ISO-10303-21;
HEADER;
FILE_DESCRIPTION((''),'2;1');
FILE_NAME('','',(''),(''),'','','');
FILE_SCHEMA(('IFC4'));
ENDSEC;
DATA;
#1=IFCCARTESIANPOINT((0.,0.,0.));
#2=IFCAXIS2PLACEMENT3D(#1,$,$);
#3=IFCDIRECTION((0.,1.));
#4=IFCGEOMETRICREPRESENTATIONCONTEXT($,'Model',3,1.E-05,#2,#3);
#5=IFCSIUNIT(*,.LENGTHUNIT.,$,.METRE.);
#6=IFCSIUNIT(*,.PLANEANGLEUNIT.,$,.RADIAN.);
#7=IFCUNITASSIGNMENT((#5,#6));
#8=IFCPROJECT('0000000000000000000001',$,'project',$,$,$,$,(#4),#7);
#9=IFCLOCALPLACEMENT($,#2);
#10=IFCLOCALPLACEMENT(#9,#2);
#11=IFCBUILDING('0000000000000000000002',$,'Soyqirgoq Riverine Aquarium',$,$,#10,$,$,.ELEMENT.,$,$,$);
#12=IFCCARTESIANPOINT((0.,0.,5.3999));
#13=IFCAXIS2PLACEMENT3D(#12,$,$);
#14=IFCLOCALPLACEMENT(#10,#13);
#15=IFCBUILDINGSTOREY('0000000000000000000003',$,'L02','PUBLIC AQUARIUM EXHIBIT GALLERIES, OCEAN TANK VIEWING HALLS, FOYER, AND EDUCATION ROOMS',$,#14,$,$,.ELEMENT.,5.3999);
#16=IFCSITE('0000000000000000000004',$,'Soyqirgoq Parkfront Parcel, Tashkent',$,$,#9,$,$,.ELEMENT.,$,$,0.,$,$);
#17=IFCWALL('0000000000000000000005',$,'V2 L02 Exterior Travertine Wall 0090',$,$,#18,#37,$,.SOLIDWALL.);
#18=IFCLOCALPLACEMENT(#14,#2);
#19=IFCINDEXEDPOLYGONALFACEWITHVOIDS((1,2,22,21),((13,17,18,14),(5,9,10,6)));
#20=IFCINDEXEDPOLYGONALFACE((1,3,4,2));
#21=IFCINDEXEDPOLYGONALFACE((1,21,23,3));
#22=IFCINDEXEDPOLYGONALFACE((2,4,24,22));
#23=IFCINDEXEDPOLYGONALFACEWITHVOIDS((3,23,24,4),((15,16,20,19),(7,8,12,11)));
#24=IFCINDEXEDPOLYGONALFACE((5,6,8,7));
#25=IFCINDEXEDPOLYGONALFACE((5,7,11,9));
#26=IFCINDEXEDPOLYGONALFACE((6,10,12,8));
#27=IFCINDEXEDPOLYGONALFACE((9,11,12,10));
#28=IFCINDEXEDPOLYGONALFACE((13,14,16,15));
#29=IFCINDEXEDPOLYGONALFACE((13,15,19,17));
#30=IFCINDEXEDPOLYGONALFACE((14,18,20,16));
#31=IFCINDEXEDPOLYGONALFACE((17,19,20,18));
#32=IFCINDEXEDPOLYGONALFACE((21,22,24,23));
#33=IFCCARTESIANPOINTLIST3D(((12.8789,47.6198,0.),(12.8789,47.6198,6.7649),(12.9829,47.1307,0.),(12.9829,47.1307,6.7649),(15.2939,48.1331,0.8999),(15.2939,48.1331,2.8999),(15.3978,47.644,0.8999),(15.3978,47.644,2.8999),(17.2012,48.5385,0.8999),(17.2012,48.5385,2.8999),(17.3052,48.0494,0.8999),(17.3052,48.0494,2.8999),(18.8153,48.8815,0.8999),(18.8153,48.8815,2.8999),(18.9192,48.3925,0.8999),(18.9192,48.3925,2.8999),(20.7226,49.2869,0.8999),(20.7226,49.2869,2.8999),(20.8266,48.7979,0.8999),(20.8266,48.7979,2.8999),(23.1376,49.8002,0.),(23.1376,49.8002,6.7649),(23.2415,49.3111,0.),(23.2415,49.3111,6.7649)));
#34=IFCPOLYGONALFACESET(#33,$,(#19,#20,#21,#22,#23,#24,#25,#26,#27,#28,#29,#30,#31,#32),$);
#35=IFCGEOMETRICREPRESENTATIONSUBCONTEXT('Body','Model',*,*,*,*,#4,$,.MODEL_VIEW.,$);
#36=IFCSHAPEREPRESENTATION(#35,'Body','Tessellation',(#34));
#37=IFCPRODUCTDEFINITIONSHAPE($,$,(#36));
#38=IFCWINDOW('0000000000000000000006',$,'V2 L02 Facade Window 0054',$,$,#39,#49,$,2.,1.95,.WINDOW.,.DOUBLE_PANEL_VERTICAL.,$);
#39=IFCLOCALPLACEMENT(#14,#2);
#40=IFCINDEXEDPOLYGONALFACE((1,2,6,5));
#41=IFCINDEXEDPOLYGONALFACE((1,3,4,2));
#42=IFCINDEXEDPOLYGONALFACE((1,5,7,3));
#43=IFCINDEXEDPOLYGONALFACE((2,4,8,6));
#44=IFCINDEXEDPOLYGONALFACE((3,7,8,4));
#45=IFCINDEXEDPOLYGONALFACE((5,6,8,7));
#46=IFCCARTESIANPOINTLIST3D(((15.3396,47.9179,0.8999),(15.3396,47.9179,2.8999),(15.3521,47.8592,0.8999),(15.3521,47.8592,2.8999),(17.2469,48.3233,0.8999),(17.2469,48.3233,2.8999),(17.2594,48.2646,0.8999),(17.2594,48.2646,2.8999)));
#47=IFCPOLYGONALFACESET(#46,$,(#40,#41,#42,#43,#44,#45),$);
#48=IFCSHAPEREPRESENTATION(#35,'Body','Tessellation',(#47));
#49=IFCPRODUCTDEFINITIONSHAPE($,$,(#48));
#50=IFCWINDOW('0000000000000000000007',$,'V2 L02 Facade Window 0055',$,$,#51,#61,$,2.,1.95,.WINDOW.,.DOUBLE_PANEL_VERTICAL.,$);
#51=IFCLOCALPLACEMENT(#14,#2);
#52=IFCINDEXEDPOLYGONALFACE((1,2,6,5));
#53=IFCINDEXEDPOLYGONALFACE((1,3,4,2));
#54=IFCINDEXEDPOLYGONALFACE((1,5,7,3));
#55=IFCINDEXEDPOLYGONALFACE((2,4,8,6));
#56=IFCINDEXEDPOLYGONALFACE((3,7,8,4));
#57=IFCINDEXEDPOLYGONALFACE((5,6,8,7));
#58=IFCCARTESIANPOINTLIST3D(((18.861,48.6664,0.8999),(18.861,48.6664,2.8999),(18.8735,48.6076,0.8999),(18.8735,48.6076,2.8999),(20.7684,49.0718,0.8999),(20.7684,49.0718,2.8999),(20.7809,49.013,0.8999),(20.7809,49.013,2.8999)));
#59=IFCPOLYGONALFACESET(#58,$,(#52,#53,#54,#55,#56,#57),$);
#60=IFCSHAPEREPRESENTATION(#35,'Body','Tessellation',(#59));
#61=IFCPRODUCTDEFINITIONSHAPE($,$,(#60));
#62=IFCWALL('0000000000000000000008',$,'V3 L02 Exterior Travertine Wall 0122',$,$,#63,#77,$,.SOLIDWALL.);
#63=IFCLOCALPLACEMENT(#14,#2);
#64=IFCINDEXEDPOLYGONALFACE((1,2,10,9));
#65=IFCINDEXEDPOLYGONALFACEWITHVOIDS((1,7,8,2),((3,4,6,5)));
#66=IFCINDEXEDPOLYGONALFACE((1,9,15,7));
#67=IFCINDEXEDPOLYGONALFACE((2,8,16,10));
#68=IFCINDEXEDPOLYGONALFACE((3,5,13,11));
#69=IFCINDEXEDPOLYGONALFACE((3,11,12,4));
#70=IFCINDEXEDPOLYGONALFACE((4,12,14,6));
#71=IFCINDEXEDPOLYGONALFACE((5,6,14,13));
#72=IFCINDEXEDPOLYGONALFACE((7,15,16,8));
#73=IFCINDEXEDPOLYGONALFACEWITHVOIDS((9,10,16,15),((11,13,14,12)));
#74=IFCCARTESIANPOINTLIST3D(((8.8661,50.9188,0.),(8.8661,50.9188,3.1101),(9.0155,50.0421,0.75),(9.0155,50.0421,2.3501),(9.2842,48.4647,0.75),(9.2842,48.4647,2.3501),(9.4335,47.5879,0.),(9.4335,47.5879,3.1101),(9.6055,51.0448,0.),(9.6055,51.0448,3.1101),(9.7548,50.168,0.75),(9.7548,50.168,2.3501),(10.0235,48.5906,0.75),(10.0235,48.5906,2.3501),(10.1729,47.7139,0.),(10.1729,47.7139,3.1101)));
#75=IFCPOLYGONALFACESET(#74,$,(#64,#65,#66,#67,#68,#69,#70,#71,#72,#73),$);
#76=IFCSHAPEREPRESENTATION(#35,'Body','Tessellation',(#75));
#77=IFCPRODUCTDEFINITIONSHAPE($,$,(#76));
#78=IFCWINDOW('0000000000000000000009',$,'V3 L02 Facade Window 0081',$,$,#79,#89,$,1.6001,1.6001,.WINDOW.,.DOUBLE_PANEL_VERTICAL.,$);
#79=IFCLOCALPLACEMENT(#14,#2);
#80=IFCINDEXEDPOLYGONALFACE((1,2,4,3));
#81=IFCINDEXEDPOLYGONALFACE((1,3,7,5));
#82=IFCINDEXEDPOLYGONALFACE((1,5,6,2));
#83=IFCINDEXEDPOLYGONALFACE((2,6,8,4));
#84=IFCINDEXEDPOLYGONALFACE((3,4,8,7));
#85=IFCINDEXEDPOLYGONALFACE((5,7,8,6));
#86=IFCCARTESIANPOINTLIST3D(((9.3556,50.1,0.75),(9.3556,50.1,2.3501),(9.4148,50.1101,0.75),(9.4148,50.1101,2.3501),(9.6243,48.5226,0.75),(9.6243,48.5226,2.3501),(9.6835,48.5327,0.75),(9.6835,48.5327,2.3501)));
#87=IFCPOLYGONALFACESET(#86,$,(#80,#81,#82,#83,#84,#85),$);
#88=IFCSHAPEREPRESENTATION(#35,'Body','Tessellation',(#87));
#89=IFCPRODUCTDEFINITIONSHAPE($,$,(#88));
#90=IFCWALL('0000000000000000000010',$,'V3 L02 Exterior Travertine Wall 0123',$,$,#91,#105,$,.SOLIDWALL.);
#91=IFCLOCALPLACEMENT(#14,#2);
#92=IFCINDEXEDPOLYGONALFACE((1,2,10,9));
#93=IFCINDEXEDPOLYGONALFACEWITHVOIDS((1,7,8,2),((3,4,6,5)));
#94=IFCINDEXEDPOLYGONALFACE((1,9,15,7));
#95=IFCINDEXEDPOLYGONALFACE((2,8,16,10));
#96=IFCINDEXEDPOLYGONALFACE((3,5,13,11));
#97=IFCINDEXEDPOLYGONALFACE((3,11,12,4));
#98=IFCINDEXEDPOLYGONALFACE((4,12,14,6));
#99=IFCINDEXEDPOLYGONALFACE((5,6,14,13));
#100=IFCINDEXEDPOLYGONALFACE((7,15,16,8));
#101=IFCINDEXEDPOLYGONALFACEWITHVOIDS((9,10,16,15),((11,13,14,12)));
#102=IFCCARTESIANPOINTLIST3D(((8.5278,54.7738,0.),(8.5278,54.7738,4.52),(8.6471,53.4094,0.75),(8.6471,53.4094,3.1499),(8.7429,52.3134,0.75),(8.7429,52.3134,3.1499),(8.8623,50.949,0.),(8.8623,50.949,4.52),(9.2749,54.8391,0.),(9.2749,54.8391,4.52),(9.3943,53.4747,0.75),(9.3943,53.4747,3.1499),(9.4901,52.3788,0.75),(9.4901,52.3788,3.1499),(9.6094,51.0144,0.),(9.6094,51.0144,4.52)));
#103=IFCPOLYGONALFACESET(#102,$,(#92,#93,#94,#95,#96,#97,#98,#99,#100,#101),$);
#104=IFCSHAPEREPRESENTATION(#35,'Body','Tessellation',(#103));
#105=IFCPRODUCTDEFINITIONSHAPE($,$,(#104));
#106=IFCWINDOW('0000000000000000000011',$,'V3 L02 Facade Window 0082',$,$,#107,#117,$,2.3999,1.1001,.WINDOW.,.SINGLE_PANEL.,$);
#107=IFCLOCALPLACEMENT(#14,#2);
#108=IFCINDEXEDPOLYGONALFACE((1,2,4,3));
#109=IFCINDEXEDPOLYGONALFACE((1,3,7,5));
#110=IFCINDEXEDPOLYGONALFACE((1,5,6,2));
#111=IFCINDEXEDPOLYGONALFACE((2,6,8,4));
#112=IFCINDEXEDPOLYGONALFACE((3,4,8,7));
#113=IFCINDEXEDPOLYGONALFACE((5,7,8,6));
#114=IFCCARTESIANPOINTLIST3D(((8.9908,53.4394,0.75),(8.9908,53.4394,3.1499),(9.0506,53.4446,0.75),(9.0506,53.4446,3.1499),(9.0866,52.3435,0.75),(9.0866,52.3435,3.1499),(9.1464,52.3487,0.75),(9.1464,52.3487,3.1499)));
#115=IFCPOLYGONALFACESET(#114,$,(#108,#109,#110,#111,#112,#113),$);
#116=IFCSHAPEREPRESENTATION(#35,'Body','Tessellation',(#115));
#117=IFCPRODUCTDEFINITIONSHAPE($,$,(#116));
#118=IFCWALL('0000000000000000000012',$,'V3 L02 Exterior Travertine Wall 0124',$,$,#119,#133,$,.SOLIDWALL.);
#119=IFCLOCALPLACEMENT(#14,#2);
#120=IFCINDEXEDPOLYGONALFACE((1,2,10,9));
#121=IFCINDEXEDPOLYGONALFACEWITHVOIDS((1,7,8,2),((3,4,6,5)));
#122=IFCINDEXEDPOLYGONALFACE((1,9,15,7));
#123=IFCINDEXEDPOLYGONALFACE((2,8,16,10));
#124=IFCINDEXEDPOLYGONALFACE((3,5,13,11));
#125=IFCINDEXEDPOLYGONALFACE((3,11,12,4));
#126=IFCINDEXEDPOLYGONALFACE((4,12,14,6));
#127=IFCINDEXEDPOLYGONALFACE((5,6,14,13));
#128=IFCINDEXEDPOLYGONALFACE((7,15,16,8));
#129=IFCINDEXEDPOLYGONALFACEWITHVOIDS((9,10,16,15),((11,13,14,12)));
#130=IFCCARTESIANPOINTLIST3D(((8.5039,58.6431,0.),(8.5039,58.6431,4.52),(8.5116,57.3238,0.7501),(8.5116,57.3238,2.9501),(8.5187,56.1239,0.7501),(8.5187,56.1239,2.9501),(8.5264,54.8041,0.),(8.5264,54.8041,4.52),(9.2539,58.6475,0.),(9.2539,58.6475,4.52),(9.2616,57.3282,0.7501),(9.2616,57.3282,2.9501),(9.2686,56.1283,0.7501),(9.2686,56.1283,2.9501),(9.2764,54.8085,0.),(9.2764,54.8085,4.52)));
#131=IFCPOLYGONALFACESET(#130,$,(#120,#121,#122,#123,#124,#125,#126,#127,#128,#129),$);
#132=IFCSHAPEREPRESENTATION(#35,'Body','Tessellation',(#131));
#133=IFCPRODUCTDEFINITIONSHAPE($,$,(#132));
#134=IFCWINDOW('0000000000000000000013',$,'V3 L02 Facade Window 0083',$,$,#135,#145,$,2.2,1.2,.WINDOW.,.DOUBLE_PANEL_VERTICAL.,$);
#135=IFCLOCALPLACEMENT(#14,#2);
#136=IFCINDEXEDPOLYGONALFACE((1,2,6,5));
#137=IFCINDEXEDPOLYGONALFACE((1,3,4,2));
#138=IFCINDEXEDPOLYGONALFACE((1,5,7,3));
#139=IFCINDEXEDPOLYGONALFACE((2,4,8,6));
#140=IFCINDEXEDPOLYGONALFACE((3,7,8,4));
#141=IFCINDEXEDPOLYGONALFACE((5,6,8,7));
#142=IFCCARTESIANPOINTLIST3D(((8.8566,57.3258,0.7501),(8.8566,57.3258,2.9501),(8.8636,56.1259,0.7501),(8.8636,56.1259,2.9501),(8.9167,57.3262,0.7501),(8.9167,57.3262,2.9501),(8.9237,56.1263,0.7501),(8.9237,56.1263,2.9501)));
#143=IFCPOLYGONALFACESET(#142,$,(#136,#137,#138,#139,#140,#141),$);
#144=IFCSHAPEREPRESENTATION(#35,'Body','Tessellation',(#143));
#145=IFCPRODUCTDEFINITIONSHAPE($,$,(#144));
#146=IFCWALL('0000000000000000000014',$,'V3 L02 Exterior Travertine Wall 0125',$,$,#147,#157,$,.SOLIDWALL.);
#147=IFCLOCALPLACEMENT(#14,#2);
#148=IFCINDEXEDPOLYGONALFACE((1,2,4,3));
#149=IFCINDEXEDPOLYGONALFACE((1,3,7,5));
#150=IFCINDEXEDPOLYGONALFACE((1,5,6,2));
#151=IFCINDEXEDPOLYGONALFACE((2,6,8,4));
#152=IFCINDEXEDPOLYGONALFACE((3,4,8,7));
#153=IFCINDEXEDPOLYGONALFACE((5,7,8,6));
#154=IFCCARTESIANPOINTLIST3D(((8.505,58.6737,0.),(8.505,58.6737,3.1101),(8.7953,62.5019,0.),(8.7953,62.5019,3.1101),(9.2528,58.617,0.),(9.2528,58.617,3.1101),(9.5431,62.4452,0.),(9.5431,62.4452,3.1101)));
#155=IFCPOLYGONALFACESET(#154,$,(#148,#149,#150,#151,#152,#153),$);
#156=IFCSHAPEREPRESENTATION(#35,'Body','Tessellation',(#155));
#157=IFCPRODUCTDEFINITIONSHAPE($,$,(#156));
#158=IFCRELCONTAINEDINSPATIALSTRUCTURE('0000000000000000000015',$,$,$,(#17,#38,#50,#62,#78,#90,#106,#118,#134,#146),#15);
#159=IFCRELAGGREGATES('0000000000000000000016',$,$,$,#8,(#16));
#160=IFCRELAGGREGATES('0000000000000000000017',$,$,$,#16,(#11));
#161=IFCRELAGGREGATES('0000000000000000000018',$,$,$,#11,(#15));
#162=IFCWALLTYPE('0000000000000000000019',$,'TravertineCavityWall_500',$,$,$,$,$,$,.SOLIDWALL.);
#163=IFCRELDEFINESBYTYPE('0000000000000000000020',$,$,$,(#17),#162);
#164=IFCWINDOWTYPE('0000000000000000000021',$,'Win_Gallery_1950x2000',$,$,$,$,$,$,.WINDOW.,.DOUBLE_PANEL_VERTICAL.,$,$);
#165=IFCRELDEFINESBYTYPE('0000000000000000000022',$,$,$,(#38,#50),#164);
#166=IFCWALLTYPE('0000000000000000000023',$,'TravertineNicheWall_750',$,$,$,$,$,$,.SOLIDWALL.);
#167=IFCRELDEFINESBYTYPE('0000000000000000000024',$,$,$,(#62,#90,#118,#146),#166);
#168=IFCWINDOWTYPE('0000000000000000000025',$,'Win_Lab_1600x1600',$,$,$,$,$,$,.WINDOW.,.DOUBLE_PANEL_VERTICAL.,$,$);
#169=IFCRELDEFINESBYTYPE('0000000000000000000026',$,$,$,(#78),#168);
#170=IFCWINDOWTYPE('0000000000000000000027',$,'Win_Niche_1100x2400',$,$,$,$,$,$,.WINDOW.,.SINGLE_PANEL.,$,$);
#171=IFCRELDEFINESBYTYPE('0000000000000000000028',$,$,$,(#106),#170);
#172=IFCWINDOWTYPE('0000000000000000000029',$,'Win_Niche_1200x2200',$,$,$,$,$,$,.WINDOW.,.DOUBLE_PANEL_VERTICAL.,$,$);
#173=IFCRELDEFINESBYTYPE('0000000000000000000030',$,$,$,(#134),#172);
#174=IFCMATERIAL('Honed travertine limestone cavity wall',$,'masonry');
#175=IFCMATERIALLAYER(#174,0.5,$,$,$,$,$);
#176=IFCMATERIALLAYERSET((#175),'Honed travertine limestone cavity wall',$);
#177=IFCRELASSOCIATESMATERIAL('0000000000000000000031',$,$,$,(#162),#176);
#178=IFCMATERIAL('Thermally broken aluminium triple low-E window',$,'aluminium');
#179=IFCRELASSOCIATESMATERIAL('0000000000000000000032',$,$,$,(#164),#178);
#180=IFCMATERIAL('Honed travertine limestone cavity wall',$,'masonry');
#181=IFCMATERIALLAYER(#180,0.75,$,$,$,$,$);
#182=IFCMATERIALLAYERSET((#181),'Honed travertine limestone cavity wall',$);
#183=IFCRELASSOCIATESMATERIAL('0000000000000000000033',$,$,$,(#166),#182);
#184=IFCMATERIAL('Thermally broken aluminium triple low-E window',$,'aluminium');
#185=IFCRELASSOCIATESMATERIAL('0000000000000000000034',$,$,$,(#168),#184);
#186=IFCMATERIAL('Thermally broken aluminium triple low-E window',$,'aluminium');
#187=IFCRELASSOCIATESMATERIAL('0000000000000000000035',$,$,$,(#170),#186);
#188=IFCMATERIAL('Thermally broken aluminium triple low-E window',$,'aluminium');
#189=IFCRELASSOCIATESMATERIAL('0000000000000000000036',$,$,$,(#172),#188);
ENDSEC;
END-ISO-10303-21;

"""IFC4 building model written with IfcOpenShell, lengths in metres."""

from ifc_helpers import new_model, si_unit, direction, frame, frame_2d, origin, place, context, subcontext, project, spatial, rectangle, extrude, material, layer, layer_set, type_object, element, fill, save


model = new_model("IFC4")

# Units and contexts
model_context = context("Model", 3, precision=1e-05, world=origin(), true_north=direction((0.0, 1.0)))
body_context = subcontext(model_context, "Body", "Model", "MODEL_VIEW")
ifc_project = project(units=[si_unit("LENGTHUNIT", "METRE"), si_unit("PLANEANGLEUNIT", "RADIAN")], contexts=[model_context])

# Site, building, storey
site_placement = place(None, origin())
site = spatial("IfcSite", under=ifc_project, at=site_placement, Name="Soyqirgoq Parkfront Parcel, Tashkent", CompositionType="ELEMENT", RefElevation=0.0)
building_placement = place(site_placement, origin())
building = spatial("IfcBuilding", under=site, at=building_placement, Name="Soyqirgoq Riverine Aquarium", CompositionType="ELEMENT")
storey_placement = place(building_placement, frame((0.0, 0.0, 5.3999)))
storey = spatial("IfcBuildingStorey", under=building, at=storey_placement, Name="L02", Description="PUBLIC AQUARIUM EXHIBIT GALLERIES, OCEAN TANK VIEWING HALLS, FOYER, AND EDUCATION ROOMS", CompositionType="ELEMENT", Elevation=5.3999)

# Wall, openings, windows
ifc_material_1 = material(Name="Honed travertine limestone cavity wall", Category="masonry")
ifc_layer_1 = layer(ifc_material_1, 0.5)
ifc_layer_set_1 = layer_set([ifc_layer_1], Name="Honed travertine limestone cavity wall")
wall_type_1 = type_object("IfcWallType", Name="TravertineCavityWall_500", PredefinedType="SOLIDWALL", material=ifc_layer_set_1)
wall_1_placement = place(storey_placement, frame((12.9309, 47.3752, 0.0), z_axis=(0.0, 0.0, 1.0), x_axis=(0.97815, 0.207902, 0.0)))
wall_1 = element("IfcWall", 1, at=wall_1_placement, inside=storey, type_object=wall_type_1, Name="V2 L02 Exterior Travertine Wall 0090", PredefinedType="SOLIDWALL", context=body_context, shape_type="SweptSolid", body=[
    extrude(rectangle(XDim=10.4878, YDim=0.5, at=frame_2d((5.2439, 0.0))), origin(), (0.0, 0.0, 1.0), 6.7649),
])
opening_1_placement = place(wall_1_placement, frame((2.4688, 0.0, 0.8999)))
opening_1 = element("IfcOpeningElement", 2, at=opening_1_placement, cuts=wall_1, PredefinedType="OPENING", context=body_context, shape_type="SweptSolid", body=[
    extrude(rectangle(XDim=1.95, YDim=2.0, at=frame_2d((0.9751, 1.0))), frame((0.0, 0.26, 0.0), z_axis=(0.0, -1.0, 0.0), x_axis=(1.0, 0.0, 0.0)), (0.0, 0.0, 1.0), 0.52),
])
opening_2_placement = place(wall_1_placement, frame((6.0688, 0.0, 0.8999)))
opening_2 = element("IfcOpeningElement", 3, at=opening_2_placement, cuts=wall_1, PredefinedType="OPENING", context=body_context, shape_type="SweptSolid", body=[
    extrude(rectangle(XDim=1.95, YDim=2.0, at=frame_2d((0.9751, 1.0))), frame((0.0, 0.26, 0.0), z_axis=(0.0, -1.0, 0.0), x_axis=(1.0, 0.0, 0.0)), (0.0, 0.0, 1.0), 0.52),
])
ifc_material_2 = material(Name="Thermally broken aluminium triple low-E window", Category="aluminium")
window_type_1 = type_object("IfcWindowType", Name="Win_Gallery_1950x2000", PartitioningType="DOUBLE_PANEL_VERTICAL", PredefinedType="WINDOW", material=ifc_material_2)
window_1_placement = place(opening_1_placement, origin())
window_1 = element("IfcWindow", 4, at=window_1_placement, inside=storey, type_object=window_type_1, Name="V2 L02 Facade Window 0054", OverallHeight=2.0, OverallWidth=1.95, PartitioningType="DOUBLE_PANEL_VERTICAL", PredefinedType="WINDOW", context=body_context, shape_type="SweptSolid", body=[
    extrude(rectangle(XDim=1.95, YDim=2.0, at=frame_2d((0.9751, 1.0))), frame((0.0, 0.03, 0.0), z_axis=(0.0, -1.0, 0.0), x_axis=(1.0, 0.0, 0.0)), (0.0, 0.0, 1.0), 0.0601),
])
fill(opening_1, window_1)
window_2_placement = place(opening_2_placement, origin())
window_2 = element("IfcWindow", 5, at=window_2_placement, inside=storey, type_object=window_type_1, Name="V2 L02 Facade Window 0055", OverallHeight=2.0, OverallWidth=1.95, PartitioningType="DOUBLE_PANEL_VERTICAL", PredefinedType="WINDOW", context=body_context, shape_type="SweptSolid", body=[
    extrude(rectangle(XDim=1.95, YDim=2.0, at=frame_2d((0.9751, 1.0))), frame((0.0, 0.03, 0.0), z_axis=(0.0, -1.0, 0.0), x_axis=(1.0, 0.0, 0.0)), (0.0, 0.0, 1.0), 0.0601),
])
fill(opening_2, window_2)

# Walls, openings, windows
ifc_material_3 = material(Name="Honed travertine limestone cavity wall", Category="masonry")
ifc_layer_2 = layer(ifc_material_3, 0.75)
ifc_layer_set_2 = layer_set([ifc_layer_2], Name="Honed travertine limestone cavity wall")
wall_type_2 = type_object("IfcWallType", Name="TravertineNicheWall_750", PredefinedType="SOLIDWALL", material=ifc_layer_set_2)
wall_2_placement = place(storey_placement, frame((9.8032, 47.6509, 0.0), z_axis=(0.0, 0.0, 1.0), x_axis=(-0.167925, 0.9858, 0.0)))
wall_2 = element("IfcWall", 6, at=wall_2_placement, inside=storey, type_object=wall_type_2, Name="V3 L02 Exterior Travertine Wall 0122", PredefinedType="SOLIDWALL", context=body_context, shape_type="SweptSolid", body=[
    extrude(rectangle(XDim=3.3789, YDim=0.75, at=frame_2d((1.6895, 0.0))), origin(), (0.0, 0.0, 1.0), 3.1101),
])
opening_3_placement = place(wall_2_placement, frame((0.8894, 0.0, 0.75)))
opening_3 = element("IfcOpeningElement", 7, at=opening_3_placement, cuts=wall_2, PredefinedType="OPENING", context=body_context, shape_type="SweptSolid", body=[
    extrude(rectangle(XDim=1.6001, YDim=1.6001, at=frame_2d((0.8, 0.8))), frame((0.0, 0.385, 0.0), z_axis=(0.0, -1.0, 0.0), x_axis=(1.0, 0.0, 0.0)), (0.0, 0.0, 1.0), 0.77),
])
ifc_material_4 = material(Name="Thermally broken aluminium triple low-E window", Category="aluminium")
window_type_2 = type_object("IfcWindowType", Name="Win_Lab_1600x1600", PartitioningType="DOUBLE_PANEL_VERTICAL", PredefinedType="WINDOW", material=ifc_material_4)
window_3_placement = place(opening_3_placement, origin())
window_3 = element("IfcWindow", 8, at=window_3_placement, inside=storey, type_object=window_type_2, Name="V3 L02 Facade Window 0081", OverallHeight=1.6001, OverallWidth=1.6001, PartitioningType="DOUBLE_PANEL_VERTICAL", PredefinedType="WINDOW", context=body_context, shape_type="SweptSolid", body=[
    extrude(rectangle(XDim=1.6001, YDim=1.6001, at=frame_2d((0.8, 0.8))), frame((0.0, 0.03, 0.0), z_axis=(0.0, -1.0, 0.0), x_axis=(1.0, 0.0, 0.0)), (0.0, 0.0, 1.0), 0.0601),
])
fill(opening_3, window_3)
wall_3_placement = place(storey_placement, frame((9.2358, 50.9817, 0.0), z_axis=(0.0, 0.0, 1.0), x_axis=(-0.087118, 0.996198, 0.0)))
wall_3 = element("IfcWall", 9, at=wall_3_placement, inside=storey, type_object=wall_type_2, Name="V3 L02 Exterior Travertine Wall 0123", PredefinedType="SOLIDWALL", context=body_context, shape_type="SweptSolid", body=[
    extrude(rectangle(XDim=3.8394, YDim=0.75, at=frame_2d((1.9197, 0.0))), origin(), (0.0, 0.0, 1.0), 4.52),
])
opening_4_placement = place(wall_3_placement, frame((1.3696, 0.0, 0.75)))
opening_4 = element("IfcOpeningElement", 10, at=opening_4_placement, cuts=wall_3, PredefinedType="OPENING", context=body_context, shape_type="SweptSolid", body=[
    extrude(rectangle(XDim=1.1001, YDim=2.3999, at=frame_2d((0.55, 1.2))), frame((0.0, 0.385, 0.0), z_axis=(0.0, -1.0, 0.0), x_axis=(1.0, 0.0, 0.0)), (0.0, 0.0, 1.0), 0.77),
])
ifc_material_5 = material(Name="Thermally broken aluminium triple low-E window", Category="aluminium")
window_type_3 = type_object("IfcWindowType", Name="Win_Niche_1100x2400", PartitioningType="SINGLE_PANEL", PredefinedType="WINDOW", material=ifc_material_5)
window_4_placement = place(opening_4_placement, origin())
window_4 = element("IfcWindow", 11, at=window_4_placement, inside=storey, type_object=window_type_3, Name="V3 L02 Facade Window 0082", OverallHeight=2.3999, OverallWidth=1.1001, PartitioningType="SINGLE_PANEL", PredefinedType="WINDOW", context=body_context, shape_type="SweptSolid", body=[
    extrude(rectangle(XDim=1.1001, YDim=2.3999, at=frame_2d((0.55, 1.2))), frame((0.0, 0.03, 0.0), z_axis=(0.0, -1.0, 0.0), x_axis=(1.0, 0.0, 0.0)), (0.0, 0.0, 1.0), 0.0601),
])
fill(opening_4, window_4)
wall_4_placement = place(storey_placement, frame((8.9014, 54.8064, 0.0), z_axis=(0.0, 0.0, 1.0), x_axis=(-0.00585, 0.999983, 0.0)))
wall_4 = element("IfcWall", 12, at=wall_4_placement, inside=storey, type_object=wall_type_2, Name="V3 L02 Exterior Travertine Wall 0124", PredefinedType="SOLIDWALL", context=body_context, shape_type="SweptSolid", body=[
    extrude(rectangle(XDim=3.8391, YDim=0.75, at=frame_2d((1.9194, 0.0))), origin(), (0.0, 0.0, 1.0), 4.52),
])
opening_5_placement = place(wall_4_placement, frame((1.3196, 0.0, 0.75)))
opening_5 = element("IfcOpeningElement", 13, at=opening_5_placement, cuts=wall_4, PredefinedType="OPENING", context=body_context, shape_type="SweptSolid", body=[
    extrude(rectangle(XDim=1.2, YDim=2.2, at=frame_2d((0.6001, 1.1001))), frame((0.0, 0.385, 0.0), z_axis=(0.0, -1.0, 0.0), x_axis=(1.0, 0.0, 0.0)), (0.0, 0.0, 1.0), 0.77),
])
ifc_material_6 = material(Name="Thermally broken aluminium triple low-E window", Category="aluminium")
window_type_4 = type_object("IfcWindowType", Name="Win_Niche_1200x2200", PartitioningType="DOUBLE_PANEL_VERTICAL", PredefinedType="WINDOW", material=ifc_material_6)
window_5_placement = place(opening_5_placement, origin())
window_5 = element("IfcWindow", 14, at=window_5_placement, inside=storey, type_object=window_type_4, Name="V3 L02 Facade Window 0083", OverallHeight=2.2, OverallWidth=1.2, PartitioningType="DOUBLE_PANEL_VERTICAL", PredefinedType="WINDOW", context=body_context, shape_type="SweptSolid", body=[
    extrude(rectangle(XDim=1.2, YDim=2.2, at=frame_2d((0.6001, 1.1001))), frame((0.0, 0.03, 0.0), z_axis=(0.0, -1.0, 0.0), x_axis=(1.0, 0.0, 0.0)), (0.0, 0.0, 1.0), 0.0601),
])
fill(opening_5, window_5)

# Wall
wall_5_placement = place(storey_placement, frame((8.8789, 58.6455, 0.0), z_axis=(0.0, 0.0, 1.0), x_axis=(0.075612, 0.997137, 0.0)))
element("IfcWall", 15, at=wall_5_placement, inside=storey, type_object=wall_type_2, Name="V3 L02 Exterior Travertine Wall 0125", PredefinedType="SOLIDWALL", context=body_context, shape_type="SweptSolid", body=[
    extrude(rectangle(XDim=3.8391, YDim=0.75, at=frame_2d((1.9194, 0.0))), origin(), (0.0, 0.0, 1.0), 3.1101),
])

save(model, "model.ifc")
